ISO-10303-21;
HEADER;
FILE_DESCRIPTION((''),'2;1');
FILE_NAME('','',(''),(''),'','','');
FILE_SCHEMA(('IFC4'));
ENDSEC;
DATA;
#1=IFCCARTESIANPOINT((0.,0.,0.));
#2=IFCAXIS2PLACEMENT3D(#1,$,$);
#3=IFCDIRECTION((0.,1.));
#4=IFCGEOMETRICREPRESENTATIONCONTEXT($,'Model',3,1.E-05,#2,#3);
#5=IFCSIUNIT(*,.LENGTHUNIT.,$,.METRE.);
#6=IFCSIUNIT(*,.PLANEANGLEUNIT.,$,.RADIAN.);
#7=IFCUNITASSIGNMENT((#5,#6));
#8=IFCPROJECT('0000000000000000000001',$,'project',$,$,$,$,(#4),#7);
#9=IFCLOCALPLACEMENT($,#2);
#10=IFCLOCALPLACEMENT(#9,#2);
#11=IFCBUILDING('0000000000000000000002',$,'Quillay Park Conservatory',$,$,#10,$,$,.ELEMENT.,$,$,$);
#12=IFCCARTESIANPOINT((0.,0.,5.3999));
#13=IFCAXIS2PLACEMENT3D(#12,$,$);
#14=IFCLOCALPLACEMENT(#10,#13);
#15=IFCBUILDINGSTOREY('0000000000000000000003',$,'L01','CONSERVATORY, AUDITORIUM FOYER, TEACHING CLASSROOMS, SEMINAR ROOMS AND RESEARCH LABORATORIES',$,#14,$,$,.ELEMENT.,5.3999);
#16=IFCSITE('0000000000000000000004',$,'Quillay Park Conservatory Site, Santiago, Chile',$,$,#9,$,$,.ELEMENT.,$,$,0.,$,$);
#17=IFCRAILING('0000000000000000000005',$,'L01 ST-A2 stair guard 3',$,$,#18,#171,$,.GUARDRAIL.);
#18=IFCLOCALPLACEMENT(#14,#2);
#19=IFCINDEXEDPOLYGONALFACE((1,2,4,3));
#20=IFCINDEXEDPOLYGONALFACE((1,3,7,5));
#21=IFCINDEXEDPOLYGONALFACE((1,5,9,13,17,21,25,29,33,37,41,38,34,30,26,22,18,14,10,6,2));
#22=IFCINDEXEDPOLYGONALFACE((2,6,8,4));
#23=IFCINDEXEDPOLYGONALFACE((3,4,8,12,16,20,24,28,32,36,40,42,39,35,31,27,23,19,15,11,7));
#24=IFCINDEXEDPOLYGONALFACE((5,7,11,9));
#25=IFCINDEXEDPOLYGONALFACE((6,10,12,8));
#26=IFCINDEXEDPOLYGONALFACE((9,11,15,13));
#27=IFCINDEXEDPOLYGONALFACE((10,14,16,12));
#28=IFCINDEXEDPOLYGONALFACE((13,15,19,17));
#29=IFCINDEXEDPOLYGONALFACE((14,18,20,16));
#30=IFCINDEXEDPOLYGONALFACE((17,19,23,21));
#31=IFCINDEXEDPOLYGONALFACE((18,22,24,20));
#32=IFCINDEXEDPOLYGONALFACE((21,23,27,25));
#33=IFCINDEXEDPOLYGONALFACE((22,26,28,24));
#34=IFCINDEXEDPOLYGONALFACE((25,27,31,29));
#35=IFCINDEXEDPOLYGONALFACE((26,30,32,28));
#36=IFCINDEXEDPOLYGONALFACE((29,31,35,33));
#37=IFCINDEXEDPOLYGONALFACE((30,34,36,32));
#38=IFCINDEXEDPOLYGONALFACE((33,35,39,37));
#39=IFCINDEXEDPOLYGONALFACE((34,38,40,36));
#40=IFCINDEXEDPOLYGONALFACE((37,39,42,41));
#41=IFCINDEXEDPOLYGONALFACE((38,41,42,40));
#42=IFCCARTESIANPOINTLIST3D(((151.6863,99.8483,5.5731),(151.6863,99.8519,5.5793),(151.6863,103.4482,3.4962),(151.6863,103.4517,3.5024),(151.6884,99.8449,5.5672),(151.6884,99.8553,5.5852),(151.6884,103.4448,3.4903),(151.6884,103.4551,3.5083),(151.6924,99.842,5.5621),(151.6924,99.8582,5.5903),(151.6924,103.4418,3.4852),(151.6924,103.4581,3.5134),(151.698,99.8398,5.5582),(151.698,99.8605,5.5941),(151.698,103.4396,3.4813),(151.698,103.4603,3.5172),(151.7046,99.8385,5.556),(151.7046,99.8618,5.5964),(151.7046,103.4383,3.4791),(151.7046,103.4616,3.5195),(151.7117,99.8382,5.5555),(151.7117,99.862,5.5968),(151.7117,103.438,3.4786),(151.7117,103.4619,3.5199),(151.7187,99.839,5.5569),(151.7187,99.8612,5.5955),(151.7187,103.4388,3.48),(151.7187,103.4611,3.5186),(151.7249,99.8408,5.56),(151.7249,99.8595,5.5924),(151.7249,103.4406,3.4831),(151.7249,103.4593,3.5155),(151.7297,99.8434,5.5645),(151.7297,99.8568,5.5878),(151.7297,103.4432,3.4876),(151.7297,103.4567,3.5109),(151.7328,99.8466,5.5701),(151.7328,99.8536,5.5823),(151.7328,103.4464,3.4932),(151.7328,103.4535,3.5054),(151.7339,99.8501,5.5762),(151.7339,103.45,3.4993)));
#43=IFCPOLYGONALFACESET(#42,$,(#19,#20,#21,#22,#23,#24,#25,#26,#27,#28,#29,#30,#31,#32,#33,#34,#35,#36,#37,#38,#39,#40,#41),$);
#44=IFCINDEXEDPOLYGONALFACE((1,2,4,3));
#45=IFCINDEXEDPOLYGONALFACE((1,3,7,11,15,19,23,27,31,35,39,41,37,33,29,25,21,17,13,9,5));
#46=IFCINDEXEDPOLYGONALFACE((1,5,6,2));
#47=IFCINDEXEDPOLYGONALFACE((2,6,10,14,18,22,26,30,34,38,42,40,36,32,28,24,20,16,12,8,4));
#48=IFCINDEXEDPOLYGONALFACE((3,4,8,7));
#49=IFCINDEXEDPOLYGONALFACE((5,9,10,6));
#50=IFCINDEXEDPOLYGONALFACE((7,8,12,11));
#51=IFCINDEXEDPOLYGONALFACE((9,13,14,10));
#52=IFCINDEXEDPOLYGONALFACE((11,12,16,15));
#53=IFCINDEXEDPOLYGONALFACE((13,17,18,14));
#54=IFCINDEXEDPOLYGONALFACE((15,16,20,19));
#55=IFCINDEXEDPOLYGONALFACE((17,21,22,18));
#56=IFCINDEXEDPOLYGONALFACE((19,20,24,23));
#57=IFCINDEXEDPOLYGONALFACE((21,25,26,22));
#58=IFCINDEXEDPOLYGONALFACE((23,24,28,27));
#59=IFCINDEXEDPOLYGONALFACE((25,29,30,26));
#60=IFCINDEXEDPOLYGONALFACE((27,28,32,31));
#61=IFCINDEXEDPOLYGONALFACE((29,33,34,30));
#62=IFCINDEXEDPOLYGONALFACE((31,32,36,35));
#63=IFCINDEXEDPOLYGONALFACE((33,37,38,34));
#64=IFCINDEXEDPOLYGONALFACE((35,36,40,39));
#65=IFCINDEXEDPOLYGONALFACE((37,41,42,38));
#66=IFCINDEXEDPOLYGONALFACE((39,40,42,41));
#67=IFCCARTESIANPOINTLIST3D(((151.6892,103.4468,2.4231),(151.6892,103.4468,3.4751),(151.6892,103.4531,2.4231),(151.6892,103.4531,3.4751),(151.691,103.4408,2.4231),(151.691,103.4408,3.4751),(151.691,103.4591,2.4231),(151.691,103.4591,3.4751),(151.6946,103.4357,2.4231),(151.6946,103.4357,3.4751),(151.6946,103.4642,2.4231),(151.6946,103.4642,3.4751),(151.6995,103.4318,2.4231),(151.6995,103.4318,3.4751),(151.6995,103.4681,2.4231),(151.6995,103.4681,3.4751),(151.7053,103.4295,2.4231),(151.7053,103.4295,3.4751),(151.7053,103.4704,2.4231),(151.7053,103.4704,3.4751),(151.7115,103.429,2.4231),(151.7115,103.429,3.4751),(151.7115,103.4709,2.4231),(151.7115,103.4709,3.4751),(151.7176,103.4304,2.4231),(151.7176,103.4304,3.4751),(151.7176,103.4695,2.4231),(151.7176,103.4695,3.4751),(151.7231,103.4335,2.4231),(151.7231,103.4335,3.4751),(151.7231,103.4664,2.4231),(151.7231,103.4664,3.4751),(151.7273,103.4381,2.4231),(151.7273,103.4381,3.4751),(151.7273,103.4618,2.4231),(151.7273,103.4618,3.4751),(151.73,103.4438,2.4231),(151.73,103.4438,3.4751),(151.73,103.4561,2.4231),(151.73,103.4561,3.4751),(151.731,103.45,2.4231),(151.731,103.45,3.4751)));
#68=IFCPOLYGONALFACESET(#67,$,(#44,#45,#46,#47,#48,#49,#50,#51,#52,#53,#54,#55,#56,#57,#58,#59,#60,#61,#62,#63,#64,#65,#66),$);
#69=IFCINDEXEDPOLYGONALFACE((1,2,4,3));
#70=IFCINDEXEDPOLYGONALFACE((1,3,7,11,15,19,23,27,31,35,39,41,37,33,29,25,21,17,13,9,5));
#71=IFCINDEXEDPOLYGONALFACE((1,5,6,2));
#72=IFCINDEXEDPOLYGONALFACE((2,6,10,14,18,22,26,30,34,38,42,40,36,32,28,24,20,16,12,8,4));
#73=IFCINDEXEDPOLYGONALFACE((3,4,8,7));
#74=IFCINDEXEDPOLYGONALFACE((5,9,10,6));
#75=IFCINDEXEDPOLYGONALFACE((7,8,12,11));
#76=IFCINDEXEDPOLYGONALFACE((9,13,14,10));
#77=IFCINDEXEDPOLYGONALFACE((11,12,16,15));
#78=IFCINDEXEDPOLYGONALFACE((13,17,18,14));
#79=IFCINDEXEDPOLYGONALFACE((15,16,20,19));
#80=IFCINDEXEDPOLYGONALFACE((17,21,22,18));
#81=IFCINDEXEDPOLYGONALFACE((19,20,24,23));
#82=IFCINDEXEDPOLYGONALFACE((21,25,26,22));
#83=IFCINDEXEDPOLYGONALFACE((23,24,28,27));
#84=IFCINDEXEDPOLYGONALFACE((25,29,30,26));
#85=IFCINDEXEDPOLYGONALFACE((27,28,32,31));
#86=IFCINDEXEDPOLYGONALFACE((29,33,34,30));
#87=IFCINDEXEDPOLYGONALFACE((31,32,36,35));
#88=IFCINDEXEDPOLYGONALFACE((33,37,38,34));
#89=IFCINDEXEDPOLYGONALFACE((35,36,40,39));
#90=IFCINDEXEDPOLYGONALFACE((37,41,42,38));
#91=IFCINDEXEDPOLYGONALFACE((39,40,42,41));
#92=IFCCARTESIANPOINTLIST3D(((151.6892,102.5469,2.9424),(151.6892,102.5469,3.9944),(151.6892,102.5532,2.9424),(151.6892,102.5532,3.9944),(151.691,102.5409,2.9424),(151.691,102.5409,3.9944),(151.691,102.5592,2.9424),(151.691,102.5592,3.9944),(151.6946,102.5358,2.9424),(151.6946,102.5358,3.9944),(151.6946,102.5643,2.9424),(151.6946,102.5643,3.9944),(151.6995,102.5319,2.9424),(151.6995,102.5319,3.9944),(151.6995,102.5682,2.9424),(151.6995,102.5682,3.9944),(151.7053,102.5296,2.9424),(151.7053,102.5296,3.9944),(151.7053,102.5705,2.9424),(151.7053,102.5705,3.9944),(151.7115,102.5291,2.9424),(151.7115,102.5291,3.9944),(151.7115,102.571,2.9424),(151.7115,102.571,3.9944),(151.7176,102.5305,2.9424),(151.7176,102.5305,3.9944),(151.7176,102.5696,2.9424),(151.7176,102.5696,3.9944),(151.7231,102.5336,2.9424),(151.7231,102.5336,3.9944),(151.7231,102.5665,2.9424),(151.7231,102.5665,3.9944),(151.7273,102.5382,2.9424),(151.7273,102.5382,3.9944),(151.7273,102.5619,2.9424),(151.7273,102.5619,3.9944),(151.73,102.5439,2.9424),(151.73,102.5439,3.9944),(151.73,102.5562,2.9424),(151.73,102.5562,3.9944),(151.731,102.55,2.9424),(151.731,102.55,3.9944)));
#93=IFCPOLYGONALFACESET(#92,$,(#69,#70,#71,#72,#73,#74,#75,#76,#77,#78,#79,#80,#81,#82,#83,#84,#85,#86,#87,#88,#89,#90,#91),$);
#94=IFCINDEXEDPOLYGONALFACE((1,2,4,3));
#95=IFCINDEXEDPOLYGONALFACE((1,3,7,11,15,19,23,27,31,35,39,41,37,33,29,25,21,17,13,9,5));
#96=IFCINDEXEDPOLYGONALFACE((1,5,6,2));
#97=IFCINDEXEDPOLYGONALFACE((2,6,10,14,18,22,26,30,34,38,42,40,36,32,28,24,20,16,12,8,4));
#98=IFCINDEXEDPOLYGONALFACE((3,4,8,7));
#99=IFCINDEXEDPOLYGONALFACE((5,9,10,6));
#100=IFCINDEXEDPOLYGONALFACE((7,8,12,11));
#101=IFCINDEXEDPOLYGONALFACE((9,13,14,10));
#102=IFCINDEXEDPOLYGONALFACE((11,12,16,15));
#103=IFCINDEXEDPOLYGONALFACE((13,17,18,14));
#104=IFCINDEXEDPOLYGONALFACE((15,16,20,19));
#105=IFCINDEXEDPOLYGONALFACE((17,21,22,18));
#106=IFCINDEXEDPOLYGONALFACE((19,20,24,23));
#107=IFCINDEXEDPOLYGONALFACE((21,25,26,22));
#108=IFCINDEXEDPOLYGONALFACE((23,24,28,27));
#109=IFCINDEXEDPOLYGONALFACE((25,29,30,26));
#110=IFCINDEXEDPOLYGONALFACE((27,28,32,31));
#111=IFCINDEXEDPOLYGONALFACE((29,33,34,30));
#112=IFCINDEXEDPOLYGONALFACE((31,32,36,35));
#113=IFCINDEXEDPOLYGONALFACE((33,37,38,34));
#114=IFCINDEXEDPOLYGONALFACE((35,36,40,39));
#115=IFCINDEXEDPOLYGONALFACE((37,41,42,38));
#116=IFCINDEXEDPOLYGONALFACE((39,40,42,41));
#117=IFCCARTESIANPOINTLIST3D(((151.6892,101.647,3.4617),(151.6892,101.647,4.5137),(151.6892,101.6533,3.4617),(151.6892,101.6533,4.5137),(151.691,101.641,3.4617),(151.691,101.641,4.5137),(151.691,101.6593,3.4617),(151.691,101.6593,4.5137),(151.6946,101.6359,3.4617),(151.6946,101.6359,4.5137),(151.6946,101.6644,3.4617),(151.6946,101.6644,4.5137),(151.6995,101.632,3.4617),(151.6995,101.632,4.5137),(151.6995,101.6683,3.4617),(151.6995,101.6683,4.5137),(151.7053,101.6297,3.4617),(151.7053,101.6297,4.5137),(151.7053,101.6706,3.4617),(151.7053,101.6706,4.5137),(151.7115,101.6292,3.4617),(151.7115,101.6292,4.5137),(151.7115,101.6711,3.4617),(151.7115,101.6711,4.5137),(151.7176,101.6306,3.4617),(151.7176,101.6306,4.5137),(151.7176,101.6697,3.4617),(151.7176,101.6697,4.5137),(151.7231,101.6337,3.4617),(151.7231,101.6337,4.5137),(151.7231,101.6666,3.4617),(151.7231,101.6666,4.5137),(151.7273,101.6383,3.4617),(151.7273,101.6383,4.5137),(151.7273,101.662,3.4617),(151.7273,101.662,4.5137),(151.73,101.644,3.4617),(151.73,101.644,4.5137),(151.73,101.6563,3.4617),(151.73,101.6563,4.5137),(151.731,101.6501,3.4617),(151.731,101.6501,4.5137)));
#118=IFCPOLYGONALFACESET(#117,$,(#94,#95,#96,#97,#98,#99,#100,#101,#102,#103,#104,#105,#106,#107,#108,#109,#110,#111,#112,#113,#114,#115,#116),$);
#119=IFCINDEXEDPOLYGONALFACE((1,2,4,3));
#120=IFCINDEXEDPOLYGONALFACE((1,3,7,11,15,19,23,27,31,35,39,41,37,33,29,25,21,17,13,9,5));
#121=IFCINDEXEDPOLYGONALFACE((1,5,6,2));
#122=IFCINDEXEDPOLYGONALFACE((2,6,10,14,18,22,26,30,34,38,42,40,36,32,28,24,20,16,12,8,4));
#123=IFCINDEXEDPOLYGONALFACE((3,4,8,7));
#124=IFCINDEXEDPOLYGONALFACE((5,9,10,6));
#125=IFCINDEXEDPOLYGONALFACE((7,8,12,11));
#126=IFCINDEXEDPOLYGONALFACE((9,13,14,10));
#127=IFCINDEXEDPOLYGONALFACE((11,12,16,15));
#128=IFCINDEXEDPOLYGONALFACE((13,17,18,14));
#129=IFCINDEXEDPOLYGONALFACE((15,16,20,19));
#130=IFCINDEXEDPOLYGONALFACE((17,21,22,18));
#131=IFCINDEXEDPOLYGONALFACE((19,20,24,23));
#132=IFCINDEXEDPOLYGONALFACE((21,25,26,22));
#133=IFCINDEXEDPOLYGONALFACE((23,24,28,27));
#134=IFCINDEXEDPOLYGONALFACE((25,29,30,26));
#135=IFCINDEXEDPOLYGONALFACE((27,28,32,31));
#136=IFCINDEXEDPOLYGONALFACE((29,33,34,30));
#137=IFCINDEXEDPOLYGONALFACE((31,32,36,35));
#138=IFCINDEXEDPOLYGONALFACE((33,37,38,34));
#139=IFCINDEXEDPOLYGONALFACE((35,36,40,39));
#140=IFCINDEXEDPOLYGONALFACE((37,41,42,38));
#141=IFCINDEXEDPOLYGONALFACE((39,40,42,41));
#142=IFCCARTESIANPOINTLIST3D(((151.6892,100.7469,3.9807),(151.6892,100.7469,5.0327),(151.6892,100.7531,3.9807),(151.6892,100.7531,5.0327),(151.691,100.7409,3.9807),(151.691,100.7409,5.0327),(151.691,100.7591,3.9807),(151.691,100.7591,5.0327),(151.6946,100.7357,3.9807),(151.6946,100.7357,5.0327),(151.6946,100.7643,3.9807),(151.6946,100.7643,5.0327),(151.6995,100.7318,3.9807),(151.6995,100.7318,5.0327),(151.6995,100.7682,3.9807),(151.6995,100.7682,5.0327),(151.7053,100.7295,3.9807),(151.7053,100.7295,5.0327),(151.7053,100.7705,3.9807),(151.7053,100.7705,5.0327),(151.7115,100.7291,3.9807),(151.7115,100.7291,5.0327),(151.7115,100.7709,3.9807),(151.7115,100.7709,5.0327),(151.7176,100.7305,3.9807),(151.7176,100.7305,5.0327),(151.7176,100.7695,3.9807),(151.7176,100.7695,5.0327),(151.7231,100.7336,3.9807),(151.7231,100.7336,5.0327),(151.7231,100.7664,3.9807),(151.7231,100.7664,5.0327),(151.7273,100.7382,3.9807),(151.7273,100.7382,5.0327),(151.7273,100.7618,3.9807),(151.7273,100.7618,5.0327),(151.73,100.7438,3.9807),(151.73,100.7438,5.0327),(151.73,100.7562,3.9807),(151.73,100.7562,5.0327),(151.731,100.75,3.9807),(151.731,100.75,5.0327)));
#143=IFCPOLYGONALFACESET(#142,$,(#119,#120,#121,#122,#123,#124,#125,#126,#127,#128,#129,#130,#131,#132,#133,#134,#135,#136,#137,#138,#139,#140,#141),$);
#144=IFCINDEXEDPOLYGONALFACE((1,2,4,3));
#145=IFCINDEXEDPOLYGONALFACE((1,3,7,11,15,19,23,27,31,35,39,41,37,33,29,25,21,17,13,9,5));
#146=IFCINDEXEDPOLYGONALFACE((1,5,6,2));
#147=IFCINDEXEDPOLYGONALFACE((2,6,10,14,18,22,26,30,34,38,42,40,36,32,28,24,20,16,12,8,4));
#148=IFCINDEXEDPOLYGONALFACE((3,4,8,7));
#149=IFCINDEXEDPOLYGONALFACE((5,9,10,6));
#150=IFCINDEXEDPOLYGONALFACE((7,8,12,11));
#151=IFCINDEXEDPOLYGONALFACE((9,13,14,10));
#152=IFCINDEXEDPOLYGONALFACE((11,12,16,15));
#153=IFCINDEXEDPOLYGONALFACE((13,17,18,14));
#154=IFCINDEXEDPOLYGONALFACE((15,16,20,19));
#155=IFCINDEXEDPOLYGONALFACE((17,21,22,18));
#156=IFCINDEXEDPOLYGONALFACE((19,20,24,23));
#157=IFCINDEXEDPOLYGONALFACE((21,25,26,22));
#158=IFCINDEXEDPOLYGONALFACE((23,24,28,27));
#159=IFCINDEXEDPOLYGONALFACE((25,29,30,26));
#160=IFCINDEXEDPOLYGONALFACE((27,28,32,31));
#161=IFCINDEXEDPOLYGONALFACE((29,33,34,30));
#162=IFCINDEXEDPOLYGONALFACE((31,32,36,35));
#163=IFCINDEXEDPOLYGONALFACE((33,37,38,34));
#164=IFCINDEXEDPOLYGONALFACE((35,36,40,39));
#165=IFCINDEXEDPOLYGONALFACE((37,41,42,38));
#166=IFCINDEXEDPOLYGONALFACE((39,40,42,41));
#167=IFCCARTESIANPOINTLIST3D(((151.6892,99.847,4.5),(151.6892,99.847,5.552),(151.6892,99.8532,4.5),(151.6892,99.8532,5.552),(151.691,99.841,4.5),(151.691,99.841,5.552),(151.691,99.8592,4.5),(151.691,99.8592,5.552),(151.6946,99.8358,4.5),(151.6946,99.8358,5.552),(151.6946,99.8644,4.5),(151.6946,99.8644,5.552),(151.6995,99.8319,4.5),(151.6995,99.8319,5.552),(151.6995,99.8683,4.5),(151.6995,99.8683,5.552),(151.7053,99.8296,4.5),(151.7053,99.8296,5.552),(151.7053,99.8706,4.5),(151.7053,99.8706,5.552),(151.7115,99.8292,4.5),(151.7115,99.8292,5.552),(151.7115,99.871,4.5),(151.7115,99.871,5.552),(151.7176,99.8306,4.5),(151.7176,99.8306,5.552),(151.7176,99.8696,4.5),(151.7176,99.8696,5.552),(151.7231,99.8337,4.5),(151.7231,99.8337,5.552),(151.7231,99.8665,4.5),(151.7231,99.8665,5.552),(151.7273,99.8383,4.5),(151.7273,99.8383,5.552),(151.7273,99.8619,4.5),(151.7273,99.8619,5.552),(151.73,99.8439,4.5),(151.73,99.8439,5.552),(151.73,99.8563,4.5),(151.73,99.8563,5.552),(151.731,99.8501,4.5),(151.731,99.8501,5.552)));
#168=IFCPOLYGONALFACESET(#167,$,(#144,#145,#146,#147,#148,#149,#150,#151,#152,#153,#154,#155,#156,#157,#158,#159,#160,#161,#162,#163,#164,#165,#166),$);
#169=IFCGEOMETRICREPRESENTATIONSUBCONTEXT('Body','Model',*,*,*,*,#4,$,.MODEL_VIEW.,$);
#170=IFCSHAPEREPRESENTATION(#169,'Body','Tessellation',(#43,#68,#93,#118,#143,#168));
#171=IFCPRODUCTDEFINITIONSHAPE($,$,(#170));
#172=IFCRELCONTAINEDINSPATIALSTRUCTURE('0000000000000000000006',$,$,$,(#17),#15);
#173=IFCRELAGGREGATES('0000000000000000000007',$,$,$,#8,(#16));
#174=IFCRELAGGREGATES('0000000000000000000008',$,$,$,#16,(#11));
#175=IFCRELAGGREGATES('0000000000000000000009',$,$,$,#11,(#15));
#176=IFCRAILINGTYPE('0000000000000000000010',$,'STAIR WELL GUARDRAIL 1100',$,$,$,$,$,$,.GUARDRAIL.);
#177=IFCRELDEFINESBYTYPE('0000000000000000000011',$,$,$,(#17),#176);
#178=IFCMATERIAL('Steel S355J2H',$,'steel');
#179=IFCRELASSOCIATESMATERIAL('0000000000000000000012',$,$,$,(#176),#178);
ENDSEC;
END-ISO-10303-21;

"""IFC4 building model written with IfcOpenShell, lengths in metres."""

from ifc_helpers import new_model, si_unit, direction, frame, origin, origin_2d, place, context, subcontext, project, spatial, circle, extrude, material, type_object, element, save


model = new_model("IFC4")

# Units and contexts
model_context = context("Model", 3, precision=1e-05, world=origin(), true_north=direction((0.0, 1.0)))
body_context = subcontext(model_context, "Body", "Model", "MODEL_VIEW")
ifc_project = project(units=[si_unit("LENGTHUNIT", "METRE"), si_unit("PLANEANGLEUNIT", "RADIAN")], contexts=[model_context])

# Site, building, storey
site_placement = place(None, origin())
site = spatial("IfcSite", under=ifc_project, at=site_placement, Name="Quillay Park Conservatory Site, Santiago, Chile", CompositionType="ELEMENT", RefElevation=0.0)
building_placement = place(site_placement, origin())
building = spatial("IfcBuilding", under=site, at=building_placement, Name="Quillay Park Conservatory", CompositionType="ELEMENT")
storey_placement = place(building_placement, frame((0.0, 0.0, 5.3999)))
storey = spatial("IfcBuildingStorey", under=building, at=storey_placement, Name="L01", Description="CONSERVATORY, AUDITORIUM FOYER, TEACHING CLASSROOMS, SEMINAR ROOMS AND RESEARCH LABORATORIES", CompositionType="ELEMENT", Elevation=5.3999)

# Railing
ifc_material_1 = material(Name="Steel S355J2H", Category="steel")
railing_type_1 = type_object("IfcRailingType", Name="STAIR WELL GUARDRAIL 1100", PredefinedType="GUARDRAIL", material=ifc_material_1)
railing_1_placement = place(storey_placement, frame((151.71, 103.45, 2.4231)))
element("IfcRailing", 1, at=railing_1_placement, inside=storey, type_object=railing_type_1, Name="L01 ST-A2 stair guard 3", PredefinedType="GUARDRAIL", context=body_context, shape_type="SweptSolid", body=[
    extrude(circle(Radius=0.0239, at=origin_2d()), frame((0.0, 0.0, 1.0762), z_axis=(0.0, -0.866179, 0.499734), x_axis=(1.0, 0.0, 0.0)), (0.0, 0.0, 1.0), 4.156),
    extrude(circle(Radius=0.021, at=origin_2d()), origin(), (0.0, 0.0, 1.0), 1.052),
    extrude(circle(Radius=0.021, at=origin_2d()), frame((0.0, -0.8999, 0.5193)), (0.0, 0.0, 1.0), 1.052),
    extrude(circle(Radius=0.021, at=origin_2d()), frame((0.0, -1.7998, 1.0386)), (0.0, 0.0, 1.0), 1.052),
    extrude(circle(Radius=0.021, at=origin_2d()), frame((0.0, -2.7, 1.5576)), (0.0, 0.0, 1.0), 1.052),
    extrude(circle(Radius=0.021, at=origin_2d()), frame((0.0, -3.5999, 2.0769)), (0.0, 0.0, 1.0), 1.052),
])

save(model, "model.ifc")
